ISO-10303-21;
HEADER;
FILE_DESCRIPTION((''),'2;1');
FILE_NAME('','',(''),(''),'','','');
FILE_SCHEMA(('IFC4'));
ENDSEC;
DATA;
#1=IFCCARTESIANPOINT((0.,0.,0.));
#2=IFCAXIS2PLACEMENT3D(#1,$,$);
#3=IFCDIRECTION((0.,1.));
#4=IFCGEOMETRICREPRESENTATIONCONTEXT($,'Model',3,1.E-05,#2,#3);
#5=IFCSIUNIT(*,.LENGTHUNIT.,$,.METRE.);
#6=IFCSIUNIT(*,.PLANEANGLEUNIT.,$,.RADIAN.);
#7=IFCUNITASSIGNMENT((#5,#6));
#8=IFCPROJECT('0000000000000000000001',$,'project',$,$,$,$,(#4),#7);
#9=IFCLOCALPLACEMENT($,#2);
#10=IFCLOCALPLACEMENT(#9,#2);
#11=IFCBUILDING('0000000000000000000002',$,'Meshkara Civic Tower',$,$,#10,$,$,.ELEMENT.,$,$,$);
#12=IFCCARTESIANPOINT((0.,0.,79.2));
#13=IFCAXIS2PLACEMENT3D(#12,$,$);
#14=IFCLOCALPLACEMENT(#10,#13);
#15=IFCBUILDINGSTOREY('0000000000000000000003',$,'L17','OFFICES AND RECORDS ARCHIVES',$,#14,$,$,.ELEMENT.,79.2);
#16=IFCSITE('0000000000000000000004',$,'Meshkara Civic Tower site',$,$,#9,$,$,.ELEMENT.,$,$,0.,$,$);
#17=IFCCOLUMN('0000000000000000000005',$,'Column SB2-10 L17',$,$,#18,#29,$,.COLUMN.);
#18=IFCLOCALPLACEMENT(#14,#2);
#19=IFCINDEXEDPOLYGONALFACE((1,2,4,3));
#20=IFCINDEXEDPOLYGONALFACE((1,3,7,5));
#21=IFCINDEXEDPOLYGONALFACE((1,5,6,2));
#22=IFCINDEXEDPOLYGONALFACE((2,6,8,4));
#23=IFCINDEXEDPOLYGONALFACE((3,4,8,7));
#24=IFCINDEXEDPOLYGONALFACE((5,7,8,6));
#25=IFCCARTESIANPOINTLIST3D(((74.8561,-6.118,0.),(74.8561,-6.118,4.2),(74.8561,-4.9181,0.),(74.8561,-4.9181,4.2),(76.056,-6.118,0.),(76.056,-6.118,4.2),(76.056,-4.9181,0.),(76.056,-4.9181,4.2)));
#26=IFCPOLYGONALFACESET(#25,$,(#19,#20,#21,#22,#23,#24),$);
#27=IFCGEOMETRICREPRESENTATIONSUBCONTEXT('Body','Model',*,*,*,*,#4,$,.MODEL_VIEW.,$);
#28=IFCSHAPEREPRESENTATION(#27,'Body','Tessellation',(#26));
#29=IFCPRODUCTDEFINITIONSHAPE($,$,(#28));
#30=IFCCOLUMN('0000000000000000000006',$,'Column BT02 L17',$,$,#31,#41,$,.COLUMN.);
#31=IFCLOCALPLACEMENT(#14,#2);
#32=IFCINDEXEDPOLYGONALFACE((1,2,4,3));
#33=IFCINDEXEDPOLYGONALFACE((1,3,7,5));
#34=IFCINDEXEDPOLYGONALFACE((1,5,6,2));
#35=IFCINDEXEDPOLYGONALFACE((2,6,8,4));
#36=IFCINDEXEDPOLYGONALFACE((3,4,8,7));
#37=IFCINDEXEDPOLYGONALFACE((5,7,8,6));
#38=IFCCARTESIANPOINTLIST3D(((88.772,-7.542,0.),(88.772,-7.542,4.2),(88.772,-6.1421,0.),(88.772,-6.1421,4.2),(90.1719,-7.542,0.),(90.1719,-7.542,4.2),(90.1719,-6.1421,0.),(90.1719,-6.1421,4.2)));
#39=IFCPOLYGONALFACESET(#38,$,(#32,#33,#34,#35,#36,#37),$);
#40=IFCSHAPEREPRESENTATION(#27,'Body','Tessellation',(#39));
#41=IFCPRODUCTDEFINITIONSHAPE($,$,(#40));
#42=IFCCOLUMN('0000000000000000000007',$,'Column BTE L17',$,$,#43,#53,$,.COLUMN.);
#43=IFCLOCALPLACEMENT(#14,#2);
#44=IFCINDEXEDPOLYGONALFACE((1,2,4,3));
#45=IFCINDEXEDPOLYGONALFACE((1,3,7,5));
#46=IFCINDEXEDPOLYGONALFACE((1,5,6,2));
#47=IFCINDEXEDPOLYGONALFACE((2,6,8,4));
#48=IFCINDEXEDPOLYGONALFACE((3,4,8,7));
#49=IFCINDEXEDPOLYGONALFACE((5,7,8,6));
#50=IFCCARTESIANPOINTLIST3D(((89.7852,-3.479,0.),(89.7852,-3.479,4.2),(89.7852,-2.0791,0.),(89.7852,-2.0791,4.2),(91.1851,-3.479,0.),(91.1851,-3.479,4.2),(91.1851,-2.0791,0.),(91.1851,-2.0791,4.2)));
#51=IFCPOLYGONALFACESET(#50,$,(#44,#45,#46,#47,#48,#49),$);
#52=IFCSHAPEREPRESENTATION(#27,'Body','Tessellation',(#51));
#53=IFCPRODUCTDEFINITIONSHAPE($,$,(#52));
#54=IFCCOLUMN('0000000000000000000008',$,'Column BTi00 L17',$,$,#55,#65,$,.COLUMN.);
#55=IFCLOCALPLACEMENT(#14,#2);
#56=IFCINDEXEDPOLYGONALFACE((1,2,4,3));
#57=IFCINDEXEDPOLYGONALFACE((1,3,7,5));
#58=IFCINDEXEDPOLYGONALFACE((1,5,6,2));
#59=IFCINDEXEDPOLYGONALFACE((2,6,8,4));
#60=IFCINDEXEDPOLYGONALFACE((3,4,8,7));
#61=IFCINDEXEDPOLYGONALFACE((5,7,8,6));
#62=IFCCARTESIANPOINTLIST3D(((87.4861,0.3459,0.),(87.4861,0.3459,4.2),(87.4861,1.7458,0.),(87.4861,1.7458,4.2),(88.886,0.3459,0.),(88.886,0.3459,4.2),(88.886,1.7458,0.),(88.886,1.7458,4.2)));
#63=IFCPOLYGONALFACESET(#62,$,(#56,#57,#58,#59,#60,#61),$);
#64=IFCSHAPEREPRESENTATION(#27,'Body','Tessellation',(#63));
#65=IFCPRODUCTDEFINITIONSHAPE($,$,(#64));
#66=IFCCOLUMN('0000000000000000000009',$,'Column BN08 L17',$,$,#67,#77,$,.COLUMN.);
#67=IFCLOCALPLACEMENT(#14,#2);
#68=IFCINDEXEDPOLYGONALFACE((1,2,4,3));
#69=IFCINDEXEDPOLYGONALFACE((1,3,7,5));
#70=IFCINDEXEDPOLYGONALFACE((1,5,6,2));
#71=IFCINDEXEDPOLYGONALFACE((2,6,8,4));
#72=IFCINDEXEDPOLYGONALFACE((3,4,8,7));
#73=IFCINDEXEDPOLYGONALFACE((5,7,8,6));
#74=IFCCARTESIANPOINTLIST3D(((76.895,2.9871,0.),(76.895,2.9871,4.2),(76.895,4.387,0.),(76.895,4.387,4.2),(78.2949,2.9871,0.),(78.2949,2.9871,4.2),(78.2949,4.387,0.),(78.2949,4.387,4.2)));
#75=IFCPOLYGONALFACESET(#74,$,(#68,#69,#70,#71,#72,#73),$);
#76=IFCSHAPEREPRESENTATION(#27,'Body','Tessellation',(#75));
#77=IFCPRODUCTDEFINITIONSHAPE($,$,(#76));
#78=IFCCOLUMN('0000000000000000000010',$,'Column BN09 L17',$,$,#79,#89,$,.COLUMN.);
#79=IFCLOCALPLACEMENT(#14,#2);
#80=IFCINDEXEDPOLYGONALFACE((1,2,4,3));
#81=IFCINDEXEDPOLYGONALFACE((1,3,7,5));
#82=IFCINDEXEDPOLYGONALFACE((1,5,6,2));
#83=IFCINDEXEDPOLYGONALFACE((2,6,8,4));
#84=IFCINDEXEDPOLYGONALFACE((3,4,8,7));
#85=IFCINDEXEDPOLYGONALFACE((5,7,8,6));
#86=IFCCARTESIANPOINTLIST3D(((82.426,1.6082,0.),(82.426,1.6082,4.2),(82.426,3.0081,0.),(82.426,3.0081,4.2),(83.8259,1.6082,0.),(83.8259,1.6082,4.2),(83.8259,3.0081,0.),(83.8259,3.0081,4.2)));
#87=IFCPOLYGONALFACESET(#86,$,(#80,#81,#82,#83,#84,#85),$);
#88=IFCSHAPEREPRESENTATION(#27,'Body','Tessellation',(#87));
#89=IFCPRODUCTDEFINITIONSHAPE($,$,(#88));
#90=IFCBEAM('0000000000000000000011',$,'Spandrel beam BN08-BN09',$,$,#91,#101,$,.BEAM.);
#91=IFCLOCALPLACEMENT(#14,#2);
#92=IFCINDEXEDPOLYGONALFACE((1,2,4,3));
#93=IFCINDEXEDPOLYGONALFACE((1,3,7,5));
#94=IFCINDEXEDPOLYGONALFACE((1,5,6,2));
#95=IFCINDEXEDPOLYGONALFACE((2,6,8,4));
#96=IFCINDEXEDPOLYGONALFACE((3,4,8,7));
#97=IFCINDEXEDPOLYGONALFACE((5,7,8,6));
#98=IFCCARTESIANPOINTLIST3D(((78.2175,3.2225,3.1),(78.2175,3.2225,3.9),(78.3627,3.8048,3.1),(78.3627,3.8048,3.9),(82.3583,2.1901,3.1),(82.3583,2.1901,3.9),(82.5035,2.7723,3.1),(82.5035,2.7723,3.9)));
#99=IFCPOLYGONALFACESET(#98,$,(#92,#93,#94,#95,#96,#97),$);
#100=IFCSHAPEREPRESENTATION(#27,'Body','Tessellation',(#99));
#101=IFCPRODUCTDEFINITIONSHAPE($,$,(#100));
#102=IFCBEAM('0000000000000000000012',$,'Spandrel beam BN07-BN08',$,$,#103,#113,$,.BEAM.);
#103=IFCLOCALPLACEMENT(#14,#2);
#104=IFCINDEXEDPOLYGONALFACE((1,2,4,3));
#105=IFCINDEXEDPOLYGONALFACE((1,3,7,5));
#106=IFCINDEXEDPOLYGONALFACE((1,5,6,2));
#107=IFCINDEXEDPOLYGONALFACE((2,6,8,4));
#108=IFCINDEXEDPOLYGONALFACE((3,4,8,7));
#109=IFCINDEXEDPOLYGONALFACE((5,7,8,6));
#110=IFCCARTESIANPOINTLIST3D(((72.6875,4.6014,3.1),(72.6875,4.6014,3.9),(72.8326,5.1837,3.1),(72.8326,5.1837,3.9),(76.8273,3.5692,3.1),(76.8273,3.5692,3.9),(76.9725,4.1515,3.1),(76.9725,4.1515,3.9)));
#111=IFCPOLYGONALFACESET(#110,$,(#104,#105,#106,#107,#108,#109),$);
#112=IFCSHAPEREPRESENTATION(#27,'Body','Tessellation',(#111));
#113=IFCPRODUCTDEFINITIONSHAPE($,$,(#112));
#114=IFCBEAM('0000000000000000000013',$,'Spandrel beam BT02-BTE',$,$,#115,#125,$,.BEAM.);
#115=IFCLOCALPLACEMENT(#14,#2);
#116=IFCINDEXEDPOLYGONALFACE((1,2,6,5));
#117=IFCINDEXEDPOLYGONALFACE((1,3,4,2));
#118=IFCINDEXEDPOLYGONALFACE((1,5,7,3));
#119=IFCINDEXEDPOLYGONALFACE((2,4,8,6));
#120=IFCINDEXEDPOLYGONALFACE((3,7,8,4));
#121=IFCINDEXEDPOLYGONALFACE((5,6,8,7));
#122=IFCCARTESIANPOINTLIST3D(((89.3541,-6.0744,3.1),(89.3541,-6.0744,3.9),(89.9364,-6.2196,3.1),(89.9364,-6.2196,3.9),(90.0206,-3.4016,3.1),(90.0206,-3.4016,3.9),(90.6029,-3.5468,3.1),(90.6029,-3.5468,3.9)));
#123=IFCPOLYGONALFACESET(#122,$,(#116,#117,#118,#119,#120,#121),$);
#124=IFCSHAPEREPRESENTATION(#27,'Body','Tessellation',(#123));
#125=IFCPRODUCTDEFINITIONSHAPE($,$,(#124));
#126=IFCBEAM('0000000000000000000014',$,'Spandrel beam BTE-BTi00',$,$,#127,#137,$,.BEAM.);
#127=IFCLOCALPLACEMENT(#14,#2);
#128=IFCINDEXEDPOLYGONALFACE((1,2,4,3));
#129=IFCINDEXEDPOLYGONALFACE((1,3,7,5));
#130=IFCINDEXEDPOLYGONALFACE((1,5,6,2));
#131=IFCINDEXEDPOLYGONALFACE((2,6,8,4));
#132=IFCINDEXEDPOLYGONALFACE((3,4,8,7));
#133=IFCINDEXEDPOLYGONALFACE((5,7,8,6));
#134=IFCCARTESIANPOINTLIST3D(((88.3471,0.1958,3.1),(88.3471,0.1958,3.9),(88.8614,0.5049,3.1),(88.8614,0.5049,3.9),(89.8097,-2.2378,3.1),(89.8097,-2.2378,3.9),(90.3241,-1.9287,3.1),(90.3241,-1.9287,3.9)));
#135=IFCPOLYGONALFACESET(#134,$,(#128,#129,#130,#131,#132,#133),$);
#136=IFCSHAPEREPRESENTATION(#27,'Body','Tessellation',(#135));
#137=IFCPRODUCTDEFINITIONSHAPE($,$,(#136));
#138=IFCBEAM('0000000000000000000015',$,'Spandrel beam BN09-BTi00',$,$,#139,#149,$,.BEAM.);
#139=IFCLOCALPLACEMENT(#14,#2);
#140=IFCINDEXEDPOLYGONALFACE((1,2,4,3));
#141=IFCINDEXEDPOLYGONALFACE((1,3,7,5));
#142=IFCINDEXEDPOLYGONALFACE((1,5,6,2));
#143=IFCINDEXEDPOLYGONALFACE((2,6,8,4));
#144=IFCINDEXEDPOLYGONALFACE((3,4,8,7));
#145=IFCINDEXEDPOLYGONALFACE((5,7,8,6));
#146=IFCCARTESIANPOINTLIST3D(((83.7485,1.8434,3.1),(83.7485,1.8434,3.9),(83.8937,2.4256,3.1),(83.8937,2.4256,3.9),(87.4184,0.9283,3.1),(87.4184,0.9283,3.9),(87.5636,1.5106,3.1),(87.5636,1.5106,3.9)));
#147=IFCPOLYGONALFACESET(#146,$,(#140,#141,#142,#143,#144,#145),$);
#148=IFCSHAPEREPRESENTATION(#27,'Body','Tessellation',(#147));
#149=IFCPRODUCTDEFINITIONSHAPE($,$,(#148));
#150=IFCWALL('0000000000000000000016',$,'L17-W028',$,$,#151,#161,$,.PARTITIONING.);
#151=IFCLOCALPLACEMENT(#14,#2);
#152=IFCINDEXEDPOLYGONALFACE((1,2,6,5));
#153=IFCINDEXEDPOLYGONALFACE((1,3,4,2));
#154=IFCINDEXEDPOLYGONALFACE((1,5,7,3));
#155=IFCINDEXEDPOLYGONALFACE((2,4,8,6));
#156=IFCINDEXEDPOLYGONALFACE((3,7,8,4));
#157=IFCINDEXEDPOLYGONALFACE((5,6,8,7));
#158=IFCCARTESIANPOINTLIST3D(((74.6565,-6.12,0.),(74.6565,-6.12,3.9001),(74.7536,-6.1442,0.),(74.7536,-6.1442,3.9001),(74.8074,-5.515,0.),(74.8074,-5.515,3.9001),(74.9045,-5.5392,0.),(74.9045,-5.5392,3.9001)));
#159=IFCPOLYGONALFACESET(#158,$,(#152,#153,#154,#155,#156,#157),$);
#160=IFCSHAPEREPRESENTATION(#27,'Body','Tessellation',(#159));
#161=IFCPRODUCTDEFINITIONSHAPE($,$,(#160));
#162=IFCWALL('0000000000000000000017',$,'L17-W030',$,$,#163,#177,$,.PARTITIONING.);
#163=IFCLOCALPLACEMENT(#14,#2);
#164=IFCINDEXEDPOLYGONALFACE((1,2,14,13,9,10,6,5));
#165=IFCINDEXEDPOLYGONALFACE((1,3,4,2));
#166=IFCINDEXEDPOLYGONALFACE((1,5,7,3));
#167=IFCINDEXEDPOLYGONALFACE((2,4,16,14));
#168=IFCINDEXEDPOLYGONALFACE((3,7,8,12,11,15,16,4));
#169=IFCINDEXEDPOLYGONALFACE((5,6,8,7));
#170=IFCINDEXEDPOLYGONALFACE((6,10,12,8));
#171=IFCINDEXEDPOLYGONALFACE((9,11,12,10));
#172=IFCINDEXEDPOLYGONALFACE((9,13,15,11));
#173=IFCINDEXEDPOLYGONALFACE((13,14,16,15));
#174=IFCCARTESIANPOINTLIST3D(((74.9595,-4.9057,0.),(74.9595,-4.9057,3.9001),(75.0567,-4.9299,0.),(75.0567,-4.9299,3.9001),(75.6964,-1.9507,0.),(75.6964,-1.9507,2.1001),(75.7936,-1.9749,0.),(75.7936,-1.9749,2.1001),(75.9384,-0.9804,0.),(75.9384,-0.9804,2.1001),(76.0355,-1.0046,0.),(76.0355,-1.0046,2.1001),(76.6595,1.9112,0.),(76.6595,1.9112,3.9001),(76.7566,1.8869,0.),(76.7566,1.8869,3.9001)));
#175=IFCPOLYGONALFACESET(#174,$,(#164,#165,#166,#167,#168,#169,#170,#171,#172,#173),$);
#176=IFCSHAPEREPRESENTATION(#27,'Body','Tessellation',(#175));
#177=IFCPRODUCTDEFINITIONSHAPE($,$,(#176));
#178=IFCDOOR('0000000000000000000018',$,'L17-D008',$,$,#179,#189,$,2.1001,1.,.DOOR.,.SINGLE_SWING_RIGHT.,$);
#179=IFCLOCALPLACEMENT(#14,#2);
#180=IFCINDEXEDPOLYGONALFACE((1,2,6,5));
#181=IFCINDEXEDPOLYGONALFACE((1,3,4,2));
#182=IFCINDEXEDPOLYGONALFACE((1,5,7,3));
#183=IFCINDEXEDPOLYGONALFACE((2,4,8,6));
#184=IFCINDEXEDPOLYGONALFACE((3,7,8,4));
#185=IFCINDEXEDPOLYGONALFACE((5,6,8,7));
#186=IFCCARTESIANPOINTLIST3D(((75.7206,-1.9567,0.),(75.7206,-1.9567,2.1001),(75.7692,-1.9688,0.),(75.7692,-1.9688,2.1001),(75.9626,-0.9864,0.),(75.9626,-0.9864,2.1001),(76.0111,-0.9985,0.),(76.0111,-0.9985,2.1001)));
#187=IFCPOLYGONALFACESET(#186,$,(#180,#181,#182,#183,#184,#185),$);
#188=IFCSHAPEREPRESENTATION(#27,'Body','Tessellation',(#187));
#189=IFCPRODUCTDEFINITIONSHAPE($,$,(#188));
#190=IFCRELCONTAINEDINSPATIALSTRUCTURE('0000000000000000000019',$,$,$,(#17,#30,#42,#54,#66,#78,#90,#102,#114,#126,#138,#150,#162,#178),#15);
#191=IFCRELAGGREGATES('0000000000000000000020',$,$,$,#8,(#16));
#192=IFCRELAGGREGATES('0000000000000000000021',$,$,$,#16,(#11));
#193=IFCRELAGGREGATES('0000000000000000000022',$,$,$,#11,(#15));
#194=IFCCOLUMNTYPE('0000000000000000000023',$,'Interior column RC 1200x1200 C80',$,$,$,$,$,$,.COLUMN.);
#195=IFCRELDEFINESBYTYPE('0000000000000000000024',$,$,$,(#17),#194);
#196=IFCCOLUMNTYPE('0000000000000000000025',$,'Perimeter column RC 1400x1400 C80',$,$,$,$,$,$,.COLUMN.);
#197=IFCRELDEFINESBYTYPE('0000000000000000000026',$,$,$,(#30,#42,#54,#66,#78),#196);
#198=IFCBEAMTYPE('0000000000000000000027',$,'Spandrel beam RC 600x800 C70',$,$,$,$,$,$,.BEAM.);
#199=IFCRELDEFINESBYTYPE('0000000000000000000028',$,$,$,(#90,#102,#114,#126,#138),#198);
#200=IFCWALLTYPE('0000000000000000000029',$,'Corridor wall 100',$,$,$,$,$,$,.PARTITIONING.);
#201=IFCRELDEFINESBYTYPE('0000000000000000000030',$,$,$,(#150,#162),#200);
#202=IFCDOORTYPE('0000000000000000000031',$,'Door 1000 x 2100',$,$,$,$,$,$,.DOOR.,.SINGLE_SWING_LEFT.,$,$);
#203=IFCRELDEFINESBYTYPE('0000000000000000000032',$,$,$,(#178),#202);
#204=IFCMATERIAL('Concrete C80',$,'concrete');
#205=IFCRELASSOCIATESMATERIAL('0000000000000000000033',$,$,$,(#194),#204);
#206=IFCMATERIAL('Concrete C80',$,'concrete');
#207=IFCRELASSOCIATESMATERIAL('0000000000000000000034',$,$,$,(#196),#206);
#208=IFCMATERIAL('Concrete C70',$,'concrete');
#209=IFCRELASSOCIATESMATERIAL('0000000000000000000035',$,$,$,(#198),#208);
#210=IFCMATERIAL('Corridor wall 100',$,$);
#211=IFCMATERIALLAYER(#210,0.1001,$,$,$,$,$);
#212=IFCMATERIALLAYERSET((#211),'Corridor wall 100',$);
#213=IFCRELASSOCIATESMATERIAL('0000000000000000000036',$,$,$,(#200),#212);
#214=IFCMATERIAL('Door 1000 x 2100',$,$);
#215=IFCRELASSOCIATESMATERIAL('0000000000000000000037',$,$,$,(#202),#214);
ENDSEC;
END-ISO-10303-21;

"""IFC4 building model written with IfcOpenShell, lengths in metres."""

from ifc_helpers import new_model, si_unit, direction, frame, frame_2d, origin, origin_2d, place, context, subcontext, project, spatial, rectangle, extrude, material, layer, layer_set, material_profile, profile_set, type_object, element, fill, save


model = new_model("IFC4")

# Units and contexts
model_context = context("Model", 3, precision=1e-05, world=origin(), true_north=direction((0.0, 1.0)))
body_context = subcontext(model_context, "Body", "Model", "MODEL_VIEW")
ifc_project = project(units=[si_unit("LENGTHUNIT", "METRE"), si_unit("PLANEANGLEUNIT", "RADIAN")], contexts=[model_context])

# Site, building, storey
site_placement = place(None, origin())
site = spatial("IfcSite", under=ifc_project, at=site_placement, Name="Meshkara Civic Tower site", CompositionType="ELEMENT", RefElevation=0.0)
building_placement = place(site_placement, origin())
building = spatial("IfcBuilding", under=site, at=building_placement, Name="Meshkara Civic Tower", CompositionType="ELEMENT")
storey_placement = place(building_placement, frame((0.0, 0.0, 79.2)))
storey = spatial("IfcBuildingStorey", under=building, at=storey_placement, Name="L17", Description="OFFICES AND RECORDS ARCHIVES", CompositionType="ELEMENT", Elevation=79.2)

# Columns
ifc_material_1 = material(Name="Concrete C80", Category="concrete")
ifc_material_profile_1 = material_profile(ifc_material_1, rectangle(XDim=1.2, YDim=1.2, at=origin_2d()))
ifc_profile_set_1 = profile_set([ifc_material_profile_1], Name="Concrete C80")
column_type_1 = type_object("IfcColumnType", Name="Interior column RC 1200x1200 C80", PredefinedType="COLUMN", material=ifc_profile_set_1)
column_placement = place(storey_placement, frame((75.4561, -5.5181, 0.0), z_axis=(0.0, 0.0, 1.0), x_axis=(1.0, 0.0, 0.0)))
element("IfcColumn", 1, at=column_placement, inside=storey, type_object=column_type_1, Name="Column SB2-10 L17", PredefinedType="COLUMN", context=body_context, shape_type="SweptSolid", body=[
    extrude(rectangle(XDim=1.2, YDim=1.2, at=origin_2d()), origin(), (0.0, 0.0, 1.0), 4.2),
])
ifc_material_2 = material(Name="Concrete C80", Category="concrete")
ifc_material_profile_2 = material_profile(ifc_material_2, rectangle(XDim=1.3999, YDim=1.3999, at=origin_2d()))
ifc_profile_set_2 = profile_set([ifc_material_profile_2], Name="Concrete C80")
column_type_2 = type_object("IfcColumnType", Name="Perimeter column RC 1400x1400 C80", PredefinedType="COLUMN", material=ifc_profile_set_2)
for number, where, z_axis, x_axis, name in (
    (2, (89.4719, -6.842, 0.0), (0.0, 0.0, 1.0), (1.0, 0.0, 0.0), "Column BT02 L17"),
    (3, (90.4851, -2.7791, 0.0), (0.0, 0.0, 1.0), (1.0, 0.0, 0.0), "Column BTE L17"),
    (4, (88.186, 1.0459, 0.0), (0.0, 0.0, 1.0), (1.0, 0.0, 0.0), "Column BTi00 L17"),
    (5, (77.595, 3.687, 0.0), (0.0, 0.0, 1.0), (1.0, 0.0, 0.0), "Column BN08 L17"),
    (6, (83.126, 2.3081, 0.0), (0.0, 0.0, 1.0), (1.0, 0.0, 0.0), "Column BN09 L17"),
):
    element("IfcColumn", number, at=place(storey_placement, frame(where, z_axis=z_axis, x_axis=x_axis)), inside=storey, type_object=column_type_2, Name=name, PredefinedType="COLUMN", context=body_context, shape_type="SweptSolid", body=[
        extrude(rectangle(XDim=1.3999, YDim=1.3999, at=origin_2d()), origin(), (0.0, 0.0, 1.0), 4.2),
    ])

# Beams
ifc_material_3 = material(Name="Concrete C70", Category="concrete")
ifc_material_profile_3 = material_profile(ifc_material_3, rectangle(XDim=0.6001, YDim=0.8, at=origin_2d()))
ifc_profile_set_3 = profile_set([ifc_material_profile_3], Name="Concrete C70")
beam_type = type_object("IfcBeamType", Name="Spandrel beam RC 600x800 C70", PredefinedType="BEAM", material=ifc_profile_set_3)
beam_1_placement = place(storey_placement, frame((82.4309, 2.4812, 3.5), z_axis=(-0.970294, 0.24193, 0.0), x_axis=(-0.24193, -0.970294, 0.0)))
element("IfcBeam", 7, at=beam_1_placement, inside=storey, type_object=beam_type, Name="Spandrel beam BN08-BN09", PredefinedType="BEAM", context=body_context, shape_type="SweptSolid", body=[
    extrude(rectangle(XDim=0.6001, YDim=0.8, at=origin_2d()), origin(), (0.0, 0.0, 1.0), 4.2676),
])
beam_2_placement = place(storey_placement, frame((76.8999, 3.8604, 3.5), z_axis=(-0.970294, 0.24193, 0.0), x_axis=(-0.24193, -0.970294, 0.0)))
element("IfcBeam", 8, at=beam_2_placement, inside=storey, type_object=beam_type, Name="Spandrel beam BN07-BN08", PredefinedType="BEAM", context=body_context, shape_type="SweptSolid", body=[
    extrude(rectangle(XDim=0.6001, YDim=0.8, at=origin_2d()), origin(), (0.0, 0.0, 1.0), 4.2666),
])
beam_3_placement = place(storey_placement, frame((89.6453, -6.147, 3.5), z_axis=(0.241952, 0.970288, 0.0), x_axis=(-0.970288, 0.241952, 0.0)))
element("IfcBeam", 9, at=beam_3_placement, inside=storey, type_object=beam_type, Name="Spandrel beam BT02-BTE", PredefinedType="BEAM", context=body_context, shape_type="SweptSolid", body=[
    extrude(rectangle(XDim=0.6001, YDim=0.8, at=origin_2d()), origin(), (0.0, 0.0, 1.0), 2.7546),
])
beam_4_placement = place(storey_placement, frame((90.0669, -2.0833, 3.5), z_axis=(-0.515141, 0.857106, 0.0), x_axis=(-0.857106, -0.515141, 0.0)))
element("IfcBeam", 10, at=beam_4_placement, inside=storey, type_object=beam_type, Name="Spandrel beam BTE-BTi00", PredefinedType="BEAM", context=body_context, shape_type="SweptSolid", body=[
    extrude(rectangle(XDim=0.6001, YDim=0.8, at=origin_2d()), origin(), (0.0, 0.0, 1.0), 2.8394),
])
beam_5_placement = place(storey_placement, frame((87.491, 1.2195, 3.5), z_axis=(-0.970294, 0.241928, 0.0), x_axis=(-0.241928, -0.970294, 0.0)))
element("IfcBeam", 11, at=beam_5_placement, inside=storey, type_object=beam_type, Name="Spandrel beam BN09-BTi00", PredefinedType="BEAM", context=body_context, shape_type="SweptSolid", body=[
    extrude(rectangle(XDim=0.6001, YDim=0.8, at=origin_2d()), origin(), (0.0, 0.0, 1.0), 3.7822),
])

# Wall
ifc_material_4 = material(Name="Corridor wall 100")
ifc_layer_1 = layer(ifc_material_4, 0.1001)
ifc_layer_set_1 = layer_set([ifc_layer_1], Name="Corridor wall 100")
wall_type_1 = type_object("IfcWallType", Name="Corridor wall 100", PredefinedType="PARTITIONING", material=ifc_layer_set_1)
wall_1_placement = place(storey_placement, frame((74.856, -5.5271, 0.0), z_axis=(0.0, 0.0, 1.0), x_axis=(-0.241983, -0.970281, 0.0)))
element("IfcWall", 12, at=wall_1_placement, inside=storey, type_object=wall_type_1, Name="L17-W028", PredefinedType="PARTITIONING", context=body_context, shape_type="SweptSolid", body=[
    extrude(rectangle(XDim=0.6235, YDim=0.1001, at=frame_2d((0.3118, 0.0))), origin(), (0.0, 0.0, 1.0), 3.9001),
])

# Wall, opening, door
wall_2_placement = place(storey_placement, frame((76.708, 1.8989, 0.0), z_axis=(0.0, 0.0, 1.0), x_axis=(-0.241963, -0.970285, 0.0)))
wall_2 = element("IfcWall", 13, at=wall_2_placement, inside=storey, type_object=wall_type_1, Name="L17-W030", PredefinedType="PARTITIONING", context=body_context, shape_type="SweptSolid", body=[
    extrude(rectangle(XDim=7.0256, YDim=0.1001, at=frame_2d((3.5127, 0.0))), origin(), (0.0, 0.0, 1.0), 3.9001),
])
opening_1_placement = place(wall_2_placement, frame((2.98, 0.0, 0.0)))
opening_1 = element("IfcOpeningElement", 14, at=opening_1_placement, cuts=wall_2, PredefinedType="OPENING", context=body_context, shape_type="SweptSolid", body=[
    extrude(rectangle(XDim=1.0, YDim=2.1001, at=frame_2d((0.5, 1.05))), frame((0.0, 0.0601, 0.0), z_axis=(0.0, -1.0, 0.0), x_axis=(1.0, 0.0, 0.0)), (0.0, 0.0, 1.0), 0.1201),
])
ifc_material_5 = material(Name="Door 1000 x 2100")
door_type = type_object("IfcDoorType", Name="Door 1000 x 2100", OperationType="SINGLE_SWING_LEFT", PredefinedType="DOOR", material=ifc_material_5)
door_1_placement = place(opening_1_placement, origin())
door_1 = element("IfcDoor", 15, at=door_1_placement, inside=storey, type_object=door_type, Name="L17-D008", OperationType="SINGLE_SWING_RIGHT", OverallHeight=2.1001, OverallWidth=1.0, PredefinedType="DOOR", context=body_context, shape_type="SweptSolid", body=[
    extrude(rectangle(XDim=1.0, YDim=2.1001, at=frame_2d((0.5, 1.05))), frame((0.0, 0.0249, 0.0), z_axis=(0.0, -1.0, 0.0), x_axis=(1.0, 0.0, 0.0)), (0.0, 0.0, 1.0), 0.05),
])
fill(opening_1, door_1)

save(model, "model.ifc")
